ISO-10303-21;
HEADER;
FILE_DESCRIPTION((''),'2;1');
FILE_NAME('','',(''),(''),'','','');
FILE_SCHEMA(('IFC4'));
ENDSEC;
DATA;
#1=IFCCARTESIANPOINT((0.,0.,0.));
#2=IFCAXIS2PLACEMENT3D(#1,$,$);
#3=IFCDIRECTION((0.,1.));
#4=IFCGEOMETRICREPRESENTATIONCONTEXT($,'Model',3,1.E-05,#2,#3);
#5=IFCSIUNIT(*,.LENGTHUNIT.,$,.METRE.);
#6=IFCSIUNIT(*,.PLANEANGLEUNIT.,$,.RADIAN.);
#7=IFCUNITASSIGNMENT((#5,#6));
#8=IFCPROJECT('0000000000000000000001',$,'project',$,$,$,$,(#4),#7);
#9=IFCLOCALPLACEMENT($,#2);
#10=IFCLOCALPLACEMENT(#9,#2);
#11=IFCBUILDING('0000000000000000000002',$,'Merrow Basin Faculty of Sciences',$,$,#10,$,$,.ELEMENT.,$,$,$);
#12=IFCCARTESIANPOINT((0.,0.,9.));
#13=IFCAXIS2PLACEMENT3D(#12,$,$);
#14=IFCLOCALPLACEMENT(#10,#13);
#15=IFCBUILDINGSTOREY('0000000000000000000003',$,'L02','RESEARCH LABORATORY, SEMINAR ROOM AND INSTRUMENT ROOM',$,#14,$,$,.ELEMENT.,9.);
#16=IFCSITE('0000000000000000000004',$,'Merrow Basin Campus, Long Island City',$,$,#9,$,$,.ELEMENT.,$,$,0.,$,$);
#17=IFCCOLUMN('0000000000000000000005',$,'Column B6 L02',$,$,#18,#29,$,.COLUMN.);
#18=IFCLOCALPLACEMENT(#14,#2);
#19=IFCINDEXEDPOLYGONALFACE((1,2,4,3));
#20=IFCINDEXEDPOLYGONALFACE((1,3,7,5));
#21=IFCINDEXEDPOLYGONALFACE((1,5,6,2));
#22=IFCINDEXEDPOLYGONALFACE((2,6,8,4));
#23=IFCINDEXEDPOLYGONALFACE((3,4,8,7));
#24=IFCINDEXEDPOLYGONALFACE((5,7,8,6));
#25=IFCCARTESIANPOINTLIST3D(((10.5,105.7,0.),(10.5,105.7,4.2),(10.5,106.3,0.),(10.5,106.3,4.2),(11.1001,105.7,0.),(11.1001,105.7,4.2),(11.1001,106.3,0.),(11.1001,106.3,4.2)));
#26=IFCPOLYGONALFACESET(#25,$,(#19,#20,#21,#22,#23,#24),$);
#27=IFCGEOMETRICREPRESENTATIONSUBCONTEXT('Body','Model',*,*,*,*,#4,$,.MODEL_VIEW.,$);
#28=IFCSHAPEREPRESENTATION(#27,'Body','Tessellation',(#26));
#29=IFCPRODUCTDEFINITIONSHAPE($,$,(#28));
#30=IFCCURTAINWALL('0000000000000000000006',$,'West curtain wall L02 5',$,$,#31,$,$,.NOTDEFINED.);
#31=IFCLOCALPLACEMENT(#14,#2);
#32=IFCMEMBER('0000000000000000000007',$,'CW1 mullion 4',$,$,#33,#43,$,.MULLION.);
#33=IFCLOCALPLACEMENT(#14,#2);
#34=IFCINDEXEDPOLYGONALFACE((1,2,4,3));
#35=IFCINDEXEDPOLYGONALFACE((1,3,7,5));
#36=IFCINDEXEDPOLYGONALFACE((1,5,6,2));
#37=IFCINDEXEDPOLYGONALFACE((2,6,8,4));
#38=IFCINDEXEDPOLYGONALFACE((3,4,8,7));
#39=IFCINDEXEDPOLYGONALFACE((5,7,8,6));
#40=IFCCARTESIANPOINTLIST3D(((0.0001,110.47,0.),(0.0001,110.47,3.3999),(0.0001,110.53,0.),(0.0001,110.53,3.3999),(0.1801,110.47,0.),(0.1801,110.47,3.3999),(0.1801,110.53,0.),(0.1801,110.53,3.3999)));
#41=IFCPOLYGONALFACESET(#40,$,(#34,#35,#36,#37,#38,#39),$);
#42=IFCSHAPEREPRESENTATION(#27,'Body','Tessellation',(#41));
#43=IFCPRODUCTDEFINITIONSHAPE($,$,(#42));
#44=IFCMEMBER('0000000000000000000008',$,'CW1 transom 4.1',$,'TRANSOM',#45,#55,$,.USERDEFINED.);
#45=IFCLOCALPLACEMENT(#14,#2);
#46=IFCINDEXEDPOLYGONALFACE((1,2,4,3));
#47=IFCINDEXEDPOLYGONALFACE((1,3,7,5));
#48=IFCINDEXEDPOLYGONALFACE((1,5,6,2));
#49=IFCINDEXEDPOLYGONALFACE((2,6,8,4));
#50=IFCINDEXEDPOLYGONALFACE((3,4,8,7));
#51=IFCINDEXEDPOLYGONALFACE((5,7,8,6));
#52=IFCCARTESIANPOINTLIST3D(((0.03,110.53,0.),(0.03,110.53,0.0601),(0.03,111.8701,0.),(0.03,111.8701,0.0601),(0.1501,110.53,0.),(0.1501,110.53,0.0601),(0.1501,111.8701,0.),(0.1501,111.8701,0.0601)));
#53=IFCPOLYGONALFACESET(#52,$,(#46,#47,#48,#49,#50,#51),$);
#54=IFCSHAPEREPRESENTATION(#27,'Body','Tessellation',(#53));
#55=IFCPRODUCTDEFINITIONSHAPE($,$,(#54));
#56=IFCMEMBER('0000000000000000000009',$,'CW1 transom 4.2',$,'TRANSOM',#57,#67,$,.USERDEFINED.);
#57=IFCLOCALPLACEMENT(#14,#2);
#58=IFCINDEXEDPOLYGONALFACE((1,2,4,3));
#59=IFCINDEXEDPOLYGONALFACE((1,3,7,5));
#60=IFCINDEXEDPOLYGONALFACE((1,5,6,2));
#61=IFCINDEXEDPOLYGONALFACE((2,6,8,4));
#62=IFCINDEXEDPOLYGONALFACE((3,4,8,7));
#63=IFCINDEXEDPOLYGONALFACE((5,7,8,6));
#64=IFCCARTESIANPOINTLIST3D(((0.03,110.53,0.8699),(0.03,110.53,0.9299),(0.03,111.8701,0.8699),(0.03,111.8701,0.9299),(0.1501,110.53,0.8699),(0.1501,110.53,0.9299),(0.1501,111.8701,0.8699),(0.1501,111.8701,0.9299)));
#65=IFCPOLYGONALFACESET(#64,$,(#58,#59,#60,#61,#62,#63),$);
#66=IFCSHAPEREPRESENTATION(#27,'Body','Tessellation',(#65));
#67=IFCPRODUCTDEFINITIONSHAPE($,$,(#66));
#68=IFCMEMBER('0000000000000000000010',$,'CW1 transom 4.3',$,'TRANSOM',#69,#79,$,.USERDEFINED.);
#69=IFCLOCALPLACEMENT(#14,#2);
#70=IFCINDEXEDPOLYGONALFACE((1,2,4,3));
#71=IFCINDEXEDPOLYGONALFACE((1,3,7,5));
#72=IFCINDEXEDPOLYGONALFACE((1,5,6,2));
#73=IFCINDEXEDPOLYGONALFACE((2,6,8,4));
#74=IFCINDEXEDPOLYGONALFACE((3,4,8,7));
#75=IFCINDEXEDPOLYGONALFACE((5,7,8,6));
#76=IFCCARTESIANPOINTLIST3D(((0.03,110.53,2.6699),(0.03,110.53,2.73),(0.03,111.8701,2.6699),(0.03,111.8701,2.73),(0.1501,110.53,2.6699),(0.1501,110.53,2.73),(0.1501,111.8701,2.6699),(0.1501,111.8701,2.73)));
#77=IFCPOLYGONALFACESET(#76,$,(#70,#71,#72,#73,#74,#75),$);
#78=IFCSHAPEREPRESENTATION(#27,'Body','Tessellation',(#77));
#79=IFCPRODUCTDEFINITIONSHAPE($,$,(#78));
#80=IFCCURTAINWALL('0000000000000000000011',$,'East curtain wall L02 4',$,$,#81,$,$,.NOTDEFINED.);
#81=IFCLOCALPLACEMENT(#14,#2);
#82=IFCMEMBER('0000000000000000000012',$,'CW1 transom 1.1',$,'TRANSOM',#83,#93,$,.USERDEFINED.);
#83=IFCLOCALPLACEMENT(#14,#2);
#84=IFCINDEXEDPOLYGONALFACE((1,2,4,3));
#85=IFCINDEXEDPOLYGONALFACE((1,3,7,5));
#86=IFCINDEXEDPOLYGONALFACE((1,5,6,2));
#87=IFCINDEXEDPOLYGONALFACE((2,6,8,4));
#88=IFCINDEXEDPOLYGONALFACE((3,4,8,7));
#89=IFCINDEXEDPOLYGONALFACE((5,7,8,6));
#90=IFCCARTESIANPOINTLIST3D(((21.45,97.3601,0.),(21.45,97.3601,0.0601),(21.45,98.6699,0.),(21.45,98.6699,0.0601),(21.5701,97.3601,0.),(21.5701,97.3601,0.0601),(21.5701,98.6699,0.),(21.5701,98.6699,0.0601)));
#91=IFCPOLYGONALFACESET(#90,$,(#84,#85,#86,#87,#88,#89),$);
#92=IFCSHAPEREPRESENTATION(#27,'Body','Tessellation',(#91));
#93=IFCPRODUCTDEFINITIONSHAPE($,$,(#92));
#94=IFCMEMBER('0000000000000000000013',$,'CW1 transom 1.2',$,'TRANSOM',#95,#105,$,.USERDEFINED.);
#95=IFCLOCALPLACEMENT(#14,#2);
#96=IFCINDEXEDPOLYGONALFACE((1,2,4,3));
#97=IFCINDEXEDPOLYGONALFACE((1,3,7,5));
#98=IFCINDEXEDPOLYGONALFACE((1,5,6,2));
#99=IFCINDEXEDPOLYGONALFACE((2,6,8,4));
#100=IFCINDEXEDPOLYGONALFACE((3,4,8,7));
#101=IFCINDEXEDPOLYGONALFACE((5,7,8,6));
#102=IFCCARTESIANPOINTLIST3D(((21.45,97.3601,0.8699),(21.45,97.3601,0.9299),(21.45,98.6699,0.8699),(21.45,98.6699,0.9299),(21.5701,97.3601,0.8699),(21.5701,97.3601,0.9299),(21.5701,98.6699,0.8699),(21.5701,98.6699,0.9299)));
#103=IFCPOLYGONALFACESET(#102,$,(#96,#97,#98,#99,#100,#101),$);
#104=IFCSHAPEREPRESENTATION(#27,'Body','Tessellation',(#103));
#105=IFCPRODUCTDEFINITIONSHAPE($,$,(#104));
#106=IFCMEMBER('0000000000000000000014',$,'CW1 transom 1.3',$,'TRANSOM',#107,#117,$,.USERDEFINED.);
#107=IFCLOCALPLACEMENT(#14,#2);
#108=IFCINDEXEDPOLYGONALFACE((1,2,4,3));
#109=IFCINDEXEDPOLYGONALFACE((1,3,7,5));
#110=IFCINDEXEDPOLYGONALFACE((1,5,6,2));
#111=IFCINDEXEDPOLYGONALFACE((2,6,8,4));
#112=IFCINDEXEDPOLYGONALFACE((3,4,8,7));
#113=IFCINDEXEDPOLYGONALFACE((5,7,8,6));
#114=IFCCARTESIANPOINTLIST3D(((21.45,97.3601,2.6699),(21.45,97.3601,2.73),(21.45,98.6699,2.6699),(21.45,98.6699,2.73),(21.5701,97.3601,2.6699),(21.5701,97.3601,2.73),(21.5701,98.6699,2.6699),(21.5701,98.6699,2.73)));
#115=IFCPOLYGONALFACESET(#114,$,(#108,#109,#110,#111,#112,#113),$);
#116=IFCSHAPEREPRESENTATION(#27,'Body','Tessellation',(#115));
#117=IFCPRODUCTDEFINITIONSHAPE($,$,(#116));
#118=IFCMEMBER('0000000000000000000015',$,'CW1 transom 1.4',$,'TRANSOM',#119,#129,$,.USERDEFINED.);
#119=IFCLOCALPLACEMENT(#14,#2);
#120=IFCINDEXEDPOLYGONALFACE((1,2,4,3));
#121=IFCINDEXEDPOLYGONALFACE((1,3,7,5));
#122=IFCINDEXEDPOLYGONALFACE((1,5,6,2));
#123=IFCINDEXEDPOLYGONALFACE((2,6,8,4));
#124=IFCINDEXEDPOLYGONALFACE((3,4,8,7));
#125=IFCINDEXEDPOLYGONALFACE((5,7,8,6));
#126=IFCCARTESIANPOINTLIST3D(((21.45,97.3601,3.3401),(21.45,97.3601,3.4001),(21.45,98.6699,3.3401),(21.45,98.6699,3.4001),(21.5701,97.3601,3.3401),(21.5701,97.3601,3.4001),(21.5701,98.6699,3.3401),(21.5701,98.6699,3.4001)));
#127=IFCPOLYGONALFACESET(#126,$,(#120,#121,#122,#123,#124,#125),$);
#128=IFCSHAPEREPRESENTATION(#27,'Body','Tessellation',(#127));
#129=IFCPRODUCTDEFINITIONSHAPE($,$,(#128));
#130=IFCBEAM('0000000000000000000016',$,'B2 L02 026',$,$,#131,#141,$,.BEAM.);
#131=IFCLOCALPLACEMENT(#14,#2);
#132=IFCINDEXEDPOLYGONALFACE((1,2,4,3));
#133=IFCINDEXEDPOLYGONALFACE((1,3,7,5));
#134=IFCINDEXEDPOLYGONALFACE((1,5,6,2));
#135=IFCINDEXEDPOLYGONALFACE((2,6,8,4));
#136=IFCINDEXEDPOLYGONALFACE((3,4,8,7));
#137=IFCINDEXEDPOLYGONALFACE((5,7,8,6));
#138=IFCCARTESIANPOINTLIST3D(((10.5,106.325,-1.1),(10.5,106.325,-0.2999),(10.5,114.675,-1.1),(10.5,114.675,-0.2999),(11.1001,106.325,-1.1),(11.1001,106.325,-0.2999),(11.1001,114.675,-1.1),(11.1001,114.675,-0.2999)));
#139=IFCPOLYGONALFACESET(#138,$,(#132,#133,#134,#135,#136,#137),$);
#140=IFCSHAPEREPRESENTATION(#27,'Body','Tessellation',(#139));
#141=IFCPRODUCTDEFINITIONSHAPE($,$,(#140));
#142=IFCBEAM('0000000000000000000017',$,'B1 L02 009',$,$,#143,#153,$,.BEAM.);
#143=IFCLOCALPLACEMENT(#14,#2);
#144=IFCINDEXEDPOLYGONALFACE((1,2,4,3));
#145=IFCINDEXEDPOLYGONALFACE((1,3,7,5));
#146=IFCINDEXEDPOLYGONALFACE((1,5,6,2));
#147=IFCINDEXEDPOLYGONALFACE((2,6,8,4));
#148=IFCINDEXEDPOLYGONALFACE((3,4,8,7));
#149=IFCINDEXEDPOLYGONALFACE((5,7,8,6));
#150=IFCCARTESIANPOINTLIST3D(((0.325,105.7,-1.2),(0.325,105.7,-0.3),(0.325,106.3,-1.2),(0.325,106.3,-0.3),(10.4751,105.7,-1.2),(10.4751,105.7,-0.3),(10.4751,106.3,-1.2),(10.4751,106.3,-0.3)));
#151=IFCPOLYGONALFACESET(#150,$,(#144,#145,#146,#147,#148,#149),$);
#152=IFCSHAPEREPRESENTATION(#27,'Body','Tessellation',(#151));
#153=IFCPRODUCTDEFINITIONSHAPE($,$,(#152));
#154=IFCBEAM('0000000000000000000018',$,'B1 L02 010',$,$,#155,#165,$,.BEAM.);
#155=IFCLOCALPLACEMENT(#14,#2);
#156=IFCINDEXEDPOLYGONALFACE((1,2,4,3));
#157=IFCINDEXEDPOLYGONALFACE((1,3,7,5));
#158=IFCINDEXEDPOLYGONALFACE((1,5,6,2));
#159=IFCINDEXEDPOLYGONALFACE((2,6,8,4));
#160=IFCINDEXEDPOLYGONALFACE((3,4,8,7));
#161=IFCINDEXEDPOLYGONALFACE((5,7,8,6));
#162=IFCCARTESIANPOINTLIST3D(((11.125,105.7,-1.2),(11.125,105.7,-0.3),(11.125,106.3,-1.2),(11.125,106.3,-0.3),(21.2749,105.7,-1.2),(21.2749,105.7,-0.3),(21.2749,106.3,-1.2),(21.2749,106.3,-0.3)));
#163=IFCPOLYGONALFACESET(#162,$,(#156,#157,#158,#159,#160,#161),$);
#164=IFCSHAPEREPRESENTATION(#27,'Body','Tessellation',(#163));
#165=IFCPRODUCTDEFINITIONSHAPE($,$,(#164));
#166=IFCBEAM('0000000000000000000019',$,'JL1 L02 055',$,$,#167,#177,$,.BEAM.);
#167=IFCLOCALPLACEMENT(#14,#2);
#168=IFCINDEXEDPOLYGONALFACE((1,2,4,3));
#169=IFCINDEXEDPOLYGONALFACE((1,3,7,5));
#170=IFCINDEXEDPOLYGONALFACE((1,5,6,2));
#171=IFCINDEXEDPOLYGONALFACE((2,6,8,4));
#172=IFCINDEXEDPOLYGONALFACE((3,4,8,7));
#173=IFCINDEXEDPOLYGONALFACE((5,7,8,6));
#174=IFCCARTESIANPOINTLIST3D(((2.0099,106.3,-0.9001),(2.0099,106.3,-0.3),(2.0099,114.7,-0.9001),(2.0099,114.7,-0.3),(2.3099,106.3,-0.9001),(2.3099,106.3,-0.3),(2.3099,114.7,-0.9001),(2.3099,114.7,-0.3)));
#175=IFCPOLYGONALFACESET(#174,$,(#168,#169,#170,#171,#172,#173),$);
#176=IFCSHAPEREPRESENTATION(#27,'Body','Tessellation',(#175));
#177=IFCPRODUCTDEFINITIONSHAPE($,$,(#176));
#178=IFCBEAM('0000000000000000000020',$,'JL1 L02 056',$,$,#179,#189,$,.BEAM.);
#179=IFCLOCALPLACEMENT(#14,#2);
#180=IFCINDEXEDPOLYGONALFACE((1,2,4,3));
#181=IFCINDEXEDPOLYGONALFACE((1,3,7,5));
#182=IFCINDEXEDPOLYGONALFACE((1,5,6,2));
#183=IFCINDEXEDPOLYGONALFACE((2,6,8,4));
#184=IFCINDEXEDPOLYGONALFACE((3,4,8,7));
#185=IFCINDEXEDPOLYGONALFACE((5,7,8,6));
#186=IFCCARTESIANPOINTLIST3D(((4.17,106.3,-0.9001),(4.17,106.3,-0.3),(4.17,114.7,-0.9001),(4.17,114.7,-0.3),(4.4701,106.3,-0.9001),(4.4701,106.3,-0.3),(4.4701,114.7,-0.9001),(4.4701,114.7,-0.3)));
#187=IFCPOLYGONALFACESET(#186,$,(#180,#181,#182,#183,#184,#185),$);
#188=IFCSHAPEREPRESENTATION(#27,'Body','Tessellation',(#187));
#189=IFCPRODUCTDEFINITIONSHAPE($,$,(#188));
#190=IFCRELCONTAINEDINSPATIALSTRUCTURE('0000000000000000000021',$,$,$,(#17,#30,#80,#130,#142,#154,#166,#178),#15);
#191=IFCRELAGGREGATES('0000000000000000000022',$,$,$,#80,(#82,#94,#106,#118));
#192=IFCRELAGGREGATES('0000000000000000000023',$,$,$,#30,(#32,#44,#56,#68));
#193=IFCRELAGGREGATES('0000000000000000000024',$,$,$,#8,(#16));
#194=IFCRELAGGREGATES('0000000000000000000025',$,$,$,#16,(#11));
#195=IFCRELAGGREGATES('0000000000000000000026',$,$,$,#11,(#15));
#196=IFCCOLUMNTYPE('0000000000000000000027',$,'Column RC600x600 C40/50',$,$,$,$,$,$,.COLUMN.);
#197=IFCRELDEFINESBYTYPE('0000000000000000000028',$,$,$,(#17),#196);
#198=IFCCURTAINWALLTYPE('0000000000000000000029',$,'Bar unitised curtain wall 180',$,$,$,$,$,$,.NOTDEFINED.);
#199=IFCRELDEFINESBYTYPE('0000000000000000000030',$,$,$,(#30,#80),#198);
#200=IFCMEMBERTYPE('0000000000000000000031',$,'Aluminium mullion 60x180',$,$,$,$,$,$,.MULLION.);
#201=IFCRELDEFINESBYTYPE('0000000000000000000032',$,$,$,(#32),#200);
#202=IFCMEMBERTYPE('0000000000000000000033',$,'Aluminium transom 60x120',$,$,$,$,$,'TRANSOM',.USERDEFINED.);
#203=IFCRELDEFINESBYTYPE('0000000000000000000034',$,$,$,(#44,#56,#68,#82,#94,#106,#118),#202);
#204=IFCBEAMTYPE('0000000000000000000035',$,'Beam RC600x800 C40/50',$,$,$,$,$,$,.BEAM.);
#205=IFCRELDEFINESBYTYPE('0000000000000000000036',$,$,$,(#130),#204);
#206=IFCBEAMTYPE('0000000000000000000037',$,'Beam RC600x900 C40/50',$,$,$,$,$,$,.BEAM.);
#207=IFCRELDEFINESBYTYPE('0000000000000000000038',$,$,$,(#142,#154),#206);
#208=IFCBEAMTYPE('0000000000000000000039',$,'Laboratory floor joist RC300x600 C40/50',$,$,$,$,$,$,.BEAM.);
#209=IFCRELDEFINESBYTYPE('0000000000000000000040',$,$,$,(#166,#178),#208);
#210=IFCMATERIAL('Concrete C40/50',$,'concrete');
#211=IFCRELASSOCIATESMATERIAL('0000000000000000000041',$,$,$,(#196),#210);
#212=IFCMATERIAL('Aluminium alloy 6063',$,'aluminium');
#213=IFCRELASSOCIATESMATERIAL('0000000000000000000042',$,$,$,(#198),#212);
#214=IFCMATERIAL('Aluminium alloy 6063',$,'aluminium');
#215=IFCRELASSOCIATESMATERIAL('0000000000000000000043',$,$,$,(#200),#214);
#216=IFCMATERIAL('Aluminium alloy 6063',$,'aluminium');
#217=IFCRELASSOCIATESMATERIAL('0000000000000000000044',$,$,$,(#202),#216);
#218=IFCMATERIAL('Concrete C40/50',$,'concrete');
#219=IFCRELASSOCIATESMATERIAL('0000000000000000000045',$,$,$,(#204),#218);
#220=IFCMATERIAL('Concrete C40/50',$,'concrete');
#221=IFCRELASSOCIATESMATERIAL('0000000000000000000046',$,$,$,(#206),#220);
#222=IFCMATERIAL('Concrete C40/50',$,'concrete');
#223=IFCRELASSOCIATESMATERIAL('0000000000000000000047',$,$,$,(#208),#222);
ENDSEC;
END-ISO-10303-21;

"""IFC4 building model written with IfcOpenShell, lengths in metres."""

from ifc_helpers import new_model, si_unit, direction, frame, origin, origin_2d, place, context, subcontext, project, spatial, rectangle, extrude, material, material_profile, profile_set, type_object, element, aggregate, save


model = new_model("IFC4")

# Units and contexts
model_context = context("Model", 3, precision=1e-05, world=origin(), true_north=direction((0.0, 1.0)))
body_context = subcontext(model_context, "Body", "Model", "MODEL_VIEW")
ifc_project = project(units=[si_unit("LENGTHUNIT", "METRE"), si_unit("PLANEANGLEUNIT", "RADIAN")], contexts=[model_context])

# Site, building, storey
site_placement = place(None, origin())
site = spatial("IfcSite", under=ifc_project, at=site_placement, Name="Merrow Basin Campus, Long Island City", CompositionType="ELEMENT", RefElevation=0.0)
building_placement = place(site_placement, origin())
building = spatial("IfcBuilding", under=site, at=building_placement, Name="Merrow Basin Faculty of Sciences", CompositionType="ELEMENT")
storey_placement = place(building_placement, frame((0.0, 0.0, 9.0)))
storey = spatial("IfcBuildingStorey", under=building, at=storey_placement, Name="L02", Description="RESEARCH LABORATORY, SEMINAR ROOM AND INSTRUMENT ROOM", CompositionType="ELEMENT", Elevation=9.0)

# Column
ifc_material_1 = material(Name="Concrete C40/50", Category="concrete")
ifc_material_profile_1 = material_profile(ifc_material_1, rectangle(XDim=0.6001, YDim=0.6001, at=origin_2d()))
ifc_profile_set_1 = profile_set([ifc_material_profile_1], Name="Concrete C40/50")
column_type = type_object("IfcColumnType", Name="Column RC600x600 C40/50", PredefinedType="COLUMN", material=ifc_profile_set_1)
column_placement = place(storey_placement, frame((10.8, 106.0, 0.0), z_axis=(0.0, 0.0, 1.0), x_axis=(1.0, 0.0, 0.0)))
element("IfcColumn", 1, at=column_placement, inside=storey, type_object=column_type, Name="Column B6 L02", PredefinedType="COLUMN", context=body_context, shape_type="SweptSolid", body=[
    extrude(rectangle(XDim=0.6001, YDim=0.6001, at=origin_2d()), origin(), (0.0, 0.0, 1.0), 4.2),
])

# Curtain walls, members
ifc_material_2 = material(Name="Aluminium alloy 6063", Category="aluminium")
curtain_wall_type = type_object("IfcCurtainWallType", Name="Bar unitised curtain wall 180", PredefinedType="NOTDEFINED", material=ifc_material_2)
curtain_wall_1_placement = place(storey_placement, origin())
curtain_wall_1 = element("IfcCurtainWall", 2, at=curtain_wall_1_placement, inside=storey, type_object=curtain_wall_type, Name="West curtain wall L02 5", PredefinedType="NOTDEFINED")
ifc_material_3 = material(Name="Aluminium alloy 6063", Category="aluminium")
ifc_material_profile_2 = material_profile(ifc_material_3, rectangle(XDim=0.1799, YDim=0.0601, at=origin_2d()))
ifc_profile_set_2 = profile_set([ifc_material_profile_2], Name="Aluminium alloy 6063")
member_type_1 = type_object("IfcMemberType", Name="Aluminium mullion 60x180", PredefinedType="MULLION", material=ifc_profile_set_2)
member_1_placement = place(storey_placement, frame((0.0901, 110.5, 0.0), z_axis=(0.0, 0.0, 1.0), x_axis=(-1.0, 0.0, 0.0)))
member_1 = element("IfcMember", 3, at=member_1_placement, type_object=member_type_1, Name="CW1 mullion 4", PredefinedType="MULLION", context=body_context, shape_type="SweptSolid", body=[
    extrude(rectangle(XDim=0.1799, YDim=0.0601, at=origin_2d()), origin(), (0.0, 0.0, 1.0), 3.3999),
])
ifc_material_4 = material(Name="Aluminium alloy 6063", Category="aluminium")
ifc_material_profile_3 = material_profile(ifc_material_4, rectangle(XDim=0.1201, YDim=0.0601, at=origin_2d()))
ifc_profile_set_3 = profile_set([ifc_material_profile_3], Name="Aluminium alloy 6063")
member_type_2 = type_object("IfcMemberType", Name="Aluminium transom 60x120", ElementType="TRANSOM", PredefinedType="USERDEFINED", material=ifc_profile_set_3)
member_2_placement = place(storey_placement, frame((0.0901, 110.53, 0.03), z_axis=(0.0, 1.0, 0.0), x_axis=(-1.0, 0.0, 0.0)))
member_2 = element("IfcMember", 4, at=member_2_placement, type_object=member_type_2, Name="CW1 transom 4.1", ObjectType="TRANSOM", PredefinedType="USERDEFINED", context=body_context, shape_type="SweptSolid", body=[
    extrude(rectangle(XDim=0.1201, YDim=0.0601, at=origin_2d()), origin(), (0.0, 0.0, 1.0), 1.3401),
])
member_3_placement = place(storey_placement, frame((0.0901, 110.53, 0.8999), z_axis=(0.0, 1.0, 0.0), x_axis=(-1.0, 0.0, 0.0)))
member_3 = element("IfcMember", 5, at=member_3_placement, type_object=member_type_2, Name="CW1 transom 4.2", ObjectType="TRANSOM", PredefinedType="USERDEFINED", context=body_context, shape_type="SweptSolid", body=[
    extrude(rectangle(XDim=0.1201, YDim=0.0601, at=origin_2d()), origin(), (0.0, 0.0, 1.0), 1.3401),
])
member_4_placement = place(storey_placement, frame((0.0901, 110.53, 2.7), z_axis=(0.0, 1.0, 0.0), x_axis=(-1.0, 0.0, 0.0)))
member_4 = element("IfcMember", 6, at=member_4_placement, type_object=member_type_2, Name="CW1 transom 4.3", ObjectType="TRANSOM", PredefinedType="USERDEFINED", context=body_context, shape_type="SweptSolid", body=[
    extrude(rectangle(XDim=0.1201, YDim=0.0601, at=origin_2d()), origin(), (0.0, 0.0, 1.0), 1.3401),
])
curtain_wall_2_placement = place(storey_placement, origin())
curtain_wall_2 = element("IfcCurtainWall", 7, at=curtain_wall_2_placement, inside=storey, type_object=curtain_wall_type, Name="East curtain wall L02 4", PredefinedType="NOTDEFINED")
member_5_placement = place(storey_placement, frame((21.51, 97.3601, 0.03), z_axis=(0.0, 1.0, 0.0), x_axis=(-1.0, 0.0, 0.0)))
member_5 = element("IfcMember", 8, at=member_5_placement, type_object=member_type_2, Name="CW1 transom 1.1", ObjectType="TRANSOM", PredefinedType="USERDEFINED", context=body_context, shape_type="SweptSolid", body=[
    extrude(rectangle(XDim=0.1201, YDim=0.0601, at=origin_2d()), origin(), (0.0, 0.0, 1.0), 1.3098),
])
member_6_placement = place(storey_placement, frame((21.51, 97.3601, 0.8999), z_axis=(0.0, 1.0, 0.0), x_axis=(-1.0, 0.0, 0.0)))
member_6 = element("IfcMember", 9, at=member_6_placement, type_object=member_type_2, Name="CW1 transom 1.2", ObjectType="TRANSOM", PredefinedType="USERDEFINED", context=body_context, shape_type="SweptSolid", body=[
    extrude(rectangle(XDim=0.1201, YDim=0.0601, at=origin_2d()), origin(), (0.0, 0.0, 1.0), 1.3098),
])
member_7_placement = place(storey_placement, frame((21.51, 97.3601, 2.7), z_axis=(0.0, 1.0, 0.0), x_axis=(-1.0, 0.0, 0.0)))
member_7 = element("IfcMember", 10, at=member_7_placement, type_object=member_type_2, Name="CW1 transom 1.3", ObjectType="TRANSOM", PredefinedType="USERDEFINED", context=body_context, shape_type="SweptSolid", body=[
    extrude(rectangle(XDim=0.1201, YDim=0.0601, at=origin_2d()), origin(), (0.0, 0.0, 1.0), 1.3098),
])
member_8_placement = place(storey_placement, frame((21.51, 97.3601, 3.3701), z_axis=(0.0, 1.0, 0.0), x_axis=(-1.0, 0.0, 0.0)))
member_8 = element("IfcMember", 11, at=member_8_placement, type_object=member_type_2, Name="CW1 transom 1.4", ObjectType="TRANSOM", PredefinedType="USERDEFINED", context=body_context, shape_type="SweptSolid", body=[
    extrude(rectangle(XDim=0.1201, YDim=0.0601, at=origin_2d()), origin(), (0.0, 0.0, 1.0), 1.3098),
])

# Beams
ifc_material_5 = material(Name="Concrete C40/50", Category="concrete")
ifc_material_profile_4 = material_profile(ifc_material_5, rectangle(XDim=0.6001, YDim=0.8, at=origin_2d()))
ifc_profile_set_4 = profile_set([ifc_material_profile_4], Name="Concrete C40/50")
beam_type_1 = type_object("IfcBeamType", Name="Beam RC600x800 C40/50", PredefinedType="BEAM", material=ifc_profile_set_4)
beam_1_placement = place(storey_placement, frame((10.8, 106.325, -0.7), z_axis=(0.0, 1.0, 0.0), x_axis=(-1.0, 0.0, 0.0)))
element("IfcBeam", 12, at=beam_1_placement, inside=storey, type_object=beam_type_1, Name="B2 L02 026", PredefinedType="BEAM", context=body_context, shape_type="SweptSolid", body=[
    extrude(rectangle(XDim=0.6001, YDim=0.8, at=origin_2d()), origin(), (0.0, 0.0, 1.0), 8.3501),
])
ifc_material_6 = material(Name="Concrete C40/50", Category="concrete")
ifc_material_profile_5 = material_profile(ifc_material_6, rectangle(XDim=0.6001, YDim=0.8999, at=origin_2d()))
ifc_profile_set_5 = profile_set([ifc_material_profile_5], Name="Concrete C40/50")
beam_type_2 = type_object("IfcBeamType", Name="Beam RC600x900 C40/50", PredefinedType="BEAM", material=ifc_profile_set_5)
beam_2_placement = place(storey_placement, frame((0.325, 106.0, -0.75), z_axis=(1.0, 0.0, 0.0), x_axis=(0.0, 1.0, 0.0)))
element("IfcBeam", 13, at=beam_2_placement, inside=storey, type_object=beam_type_2, Name="B1 L02 009", PredefinedType="BEAM", context=body_context, shape_type="SweptSolid", body=[
    extrude(rectangle(XDim=0.6001, YDim=0.8999, at=origin_2d()), origin(), (0.0, 0.0, 1.0), 10.1501),
])
beam_3_placement = place(storey_placement, frame((11.125, 106.0, -0.75), z_axis=(1.0, 0.0, 0.0), x_axis=(0.0, 1.0, 0.0)))
element("IfcBeam", 14, at=beam_3_placement, inside=storey, type_object=beam_type_2, Name="B1 L02 010", PredefinedType="BEAM", context=body_context, shape_type="SweptSolid", body=[
    extrude(rectangle(XDim=0.6001, YDim=0.8999, at=origin_2d()), origin(), (0.0, 0.0, 1.0), 10.1499),
])
ifc_material_7 = material(Name="Concrete C40/50", Category="concrete")
ifc_material_profile_6 = material_profile(ifc_material_7, rectangle(XDim=0.3, YDim=0.6001, at=origin_2d()))
ifc_profile_set_6 = profile_set([ifc_material_profile_6], Name="Concrete C40/50")
beam_type_3 = type_object("IfcBeamType", Name="Laboratory floor joist RC300x600 C40/50", PredefinedType="BEAM", material=ifc_profile_set_6)
for number, where, z_axis, x_axis, name in (
    (15, (2.1599, 106.3, -0.6001), (0.0, 1.0, 0.0), (-1.0, 0.0, 0.0), "JL1 L02 055"),
    (16, (4.3201, 106.3, -0.6001), (0.0, 1.0, 0.0), (-1.0, 0.0, 0.0), "JL1 L02 056"),
):
    element("IfcBeam", number, at=place(storey_placement, frame(where, z_axis=z_axis, x_axis=x_axis)), inside=storey, type_object=beam_type_3, Name=name, PredefinedType="BEAM", context=body_context, shape_type="SweptSolid", body=[
        extrude(rectangle(XDim=0.3, YDim=0.6001, at=origin_2d()), origin(), (0.0, 0.0, 1.0), 8.3999),
    ])

aggregate(curtain_wall_2, [member_5, member_6, member_7, member_8])
aggregate(curtain_wall_1, [member_1, member_2, member_3, member_4])

save(model, "model.ifc")
